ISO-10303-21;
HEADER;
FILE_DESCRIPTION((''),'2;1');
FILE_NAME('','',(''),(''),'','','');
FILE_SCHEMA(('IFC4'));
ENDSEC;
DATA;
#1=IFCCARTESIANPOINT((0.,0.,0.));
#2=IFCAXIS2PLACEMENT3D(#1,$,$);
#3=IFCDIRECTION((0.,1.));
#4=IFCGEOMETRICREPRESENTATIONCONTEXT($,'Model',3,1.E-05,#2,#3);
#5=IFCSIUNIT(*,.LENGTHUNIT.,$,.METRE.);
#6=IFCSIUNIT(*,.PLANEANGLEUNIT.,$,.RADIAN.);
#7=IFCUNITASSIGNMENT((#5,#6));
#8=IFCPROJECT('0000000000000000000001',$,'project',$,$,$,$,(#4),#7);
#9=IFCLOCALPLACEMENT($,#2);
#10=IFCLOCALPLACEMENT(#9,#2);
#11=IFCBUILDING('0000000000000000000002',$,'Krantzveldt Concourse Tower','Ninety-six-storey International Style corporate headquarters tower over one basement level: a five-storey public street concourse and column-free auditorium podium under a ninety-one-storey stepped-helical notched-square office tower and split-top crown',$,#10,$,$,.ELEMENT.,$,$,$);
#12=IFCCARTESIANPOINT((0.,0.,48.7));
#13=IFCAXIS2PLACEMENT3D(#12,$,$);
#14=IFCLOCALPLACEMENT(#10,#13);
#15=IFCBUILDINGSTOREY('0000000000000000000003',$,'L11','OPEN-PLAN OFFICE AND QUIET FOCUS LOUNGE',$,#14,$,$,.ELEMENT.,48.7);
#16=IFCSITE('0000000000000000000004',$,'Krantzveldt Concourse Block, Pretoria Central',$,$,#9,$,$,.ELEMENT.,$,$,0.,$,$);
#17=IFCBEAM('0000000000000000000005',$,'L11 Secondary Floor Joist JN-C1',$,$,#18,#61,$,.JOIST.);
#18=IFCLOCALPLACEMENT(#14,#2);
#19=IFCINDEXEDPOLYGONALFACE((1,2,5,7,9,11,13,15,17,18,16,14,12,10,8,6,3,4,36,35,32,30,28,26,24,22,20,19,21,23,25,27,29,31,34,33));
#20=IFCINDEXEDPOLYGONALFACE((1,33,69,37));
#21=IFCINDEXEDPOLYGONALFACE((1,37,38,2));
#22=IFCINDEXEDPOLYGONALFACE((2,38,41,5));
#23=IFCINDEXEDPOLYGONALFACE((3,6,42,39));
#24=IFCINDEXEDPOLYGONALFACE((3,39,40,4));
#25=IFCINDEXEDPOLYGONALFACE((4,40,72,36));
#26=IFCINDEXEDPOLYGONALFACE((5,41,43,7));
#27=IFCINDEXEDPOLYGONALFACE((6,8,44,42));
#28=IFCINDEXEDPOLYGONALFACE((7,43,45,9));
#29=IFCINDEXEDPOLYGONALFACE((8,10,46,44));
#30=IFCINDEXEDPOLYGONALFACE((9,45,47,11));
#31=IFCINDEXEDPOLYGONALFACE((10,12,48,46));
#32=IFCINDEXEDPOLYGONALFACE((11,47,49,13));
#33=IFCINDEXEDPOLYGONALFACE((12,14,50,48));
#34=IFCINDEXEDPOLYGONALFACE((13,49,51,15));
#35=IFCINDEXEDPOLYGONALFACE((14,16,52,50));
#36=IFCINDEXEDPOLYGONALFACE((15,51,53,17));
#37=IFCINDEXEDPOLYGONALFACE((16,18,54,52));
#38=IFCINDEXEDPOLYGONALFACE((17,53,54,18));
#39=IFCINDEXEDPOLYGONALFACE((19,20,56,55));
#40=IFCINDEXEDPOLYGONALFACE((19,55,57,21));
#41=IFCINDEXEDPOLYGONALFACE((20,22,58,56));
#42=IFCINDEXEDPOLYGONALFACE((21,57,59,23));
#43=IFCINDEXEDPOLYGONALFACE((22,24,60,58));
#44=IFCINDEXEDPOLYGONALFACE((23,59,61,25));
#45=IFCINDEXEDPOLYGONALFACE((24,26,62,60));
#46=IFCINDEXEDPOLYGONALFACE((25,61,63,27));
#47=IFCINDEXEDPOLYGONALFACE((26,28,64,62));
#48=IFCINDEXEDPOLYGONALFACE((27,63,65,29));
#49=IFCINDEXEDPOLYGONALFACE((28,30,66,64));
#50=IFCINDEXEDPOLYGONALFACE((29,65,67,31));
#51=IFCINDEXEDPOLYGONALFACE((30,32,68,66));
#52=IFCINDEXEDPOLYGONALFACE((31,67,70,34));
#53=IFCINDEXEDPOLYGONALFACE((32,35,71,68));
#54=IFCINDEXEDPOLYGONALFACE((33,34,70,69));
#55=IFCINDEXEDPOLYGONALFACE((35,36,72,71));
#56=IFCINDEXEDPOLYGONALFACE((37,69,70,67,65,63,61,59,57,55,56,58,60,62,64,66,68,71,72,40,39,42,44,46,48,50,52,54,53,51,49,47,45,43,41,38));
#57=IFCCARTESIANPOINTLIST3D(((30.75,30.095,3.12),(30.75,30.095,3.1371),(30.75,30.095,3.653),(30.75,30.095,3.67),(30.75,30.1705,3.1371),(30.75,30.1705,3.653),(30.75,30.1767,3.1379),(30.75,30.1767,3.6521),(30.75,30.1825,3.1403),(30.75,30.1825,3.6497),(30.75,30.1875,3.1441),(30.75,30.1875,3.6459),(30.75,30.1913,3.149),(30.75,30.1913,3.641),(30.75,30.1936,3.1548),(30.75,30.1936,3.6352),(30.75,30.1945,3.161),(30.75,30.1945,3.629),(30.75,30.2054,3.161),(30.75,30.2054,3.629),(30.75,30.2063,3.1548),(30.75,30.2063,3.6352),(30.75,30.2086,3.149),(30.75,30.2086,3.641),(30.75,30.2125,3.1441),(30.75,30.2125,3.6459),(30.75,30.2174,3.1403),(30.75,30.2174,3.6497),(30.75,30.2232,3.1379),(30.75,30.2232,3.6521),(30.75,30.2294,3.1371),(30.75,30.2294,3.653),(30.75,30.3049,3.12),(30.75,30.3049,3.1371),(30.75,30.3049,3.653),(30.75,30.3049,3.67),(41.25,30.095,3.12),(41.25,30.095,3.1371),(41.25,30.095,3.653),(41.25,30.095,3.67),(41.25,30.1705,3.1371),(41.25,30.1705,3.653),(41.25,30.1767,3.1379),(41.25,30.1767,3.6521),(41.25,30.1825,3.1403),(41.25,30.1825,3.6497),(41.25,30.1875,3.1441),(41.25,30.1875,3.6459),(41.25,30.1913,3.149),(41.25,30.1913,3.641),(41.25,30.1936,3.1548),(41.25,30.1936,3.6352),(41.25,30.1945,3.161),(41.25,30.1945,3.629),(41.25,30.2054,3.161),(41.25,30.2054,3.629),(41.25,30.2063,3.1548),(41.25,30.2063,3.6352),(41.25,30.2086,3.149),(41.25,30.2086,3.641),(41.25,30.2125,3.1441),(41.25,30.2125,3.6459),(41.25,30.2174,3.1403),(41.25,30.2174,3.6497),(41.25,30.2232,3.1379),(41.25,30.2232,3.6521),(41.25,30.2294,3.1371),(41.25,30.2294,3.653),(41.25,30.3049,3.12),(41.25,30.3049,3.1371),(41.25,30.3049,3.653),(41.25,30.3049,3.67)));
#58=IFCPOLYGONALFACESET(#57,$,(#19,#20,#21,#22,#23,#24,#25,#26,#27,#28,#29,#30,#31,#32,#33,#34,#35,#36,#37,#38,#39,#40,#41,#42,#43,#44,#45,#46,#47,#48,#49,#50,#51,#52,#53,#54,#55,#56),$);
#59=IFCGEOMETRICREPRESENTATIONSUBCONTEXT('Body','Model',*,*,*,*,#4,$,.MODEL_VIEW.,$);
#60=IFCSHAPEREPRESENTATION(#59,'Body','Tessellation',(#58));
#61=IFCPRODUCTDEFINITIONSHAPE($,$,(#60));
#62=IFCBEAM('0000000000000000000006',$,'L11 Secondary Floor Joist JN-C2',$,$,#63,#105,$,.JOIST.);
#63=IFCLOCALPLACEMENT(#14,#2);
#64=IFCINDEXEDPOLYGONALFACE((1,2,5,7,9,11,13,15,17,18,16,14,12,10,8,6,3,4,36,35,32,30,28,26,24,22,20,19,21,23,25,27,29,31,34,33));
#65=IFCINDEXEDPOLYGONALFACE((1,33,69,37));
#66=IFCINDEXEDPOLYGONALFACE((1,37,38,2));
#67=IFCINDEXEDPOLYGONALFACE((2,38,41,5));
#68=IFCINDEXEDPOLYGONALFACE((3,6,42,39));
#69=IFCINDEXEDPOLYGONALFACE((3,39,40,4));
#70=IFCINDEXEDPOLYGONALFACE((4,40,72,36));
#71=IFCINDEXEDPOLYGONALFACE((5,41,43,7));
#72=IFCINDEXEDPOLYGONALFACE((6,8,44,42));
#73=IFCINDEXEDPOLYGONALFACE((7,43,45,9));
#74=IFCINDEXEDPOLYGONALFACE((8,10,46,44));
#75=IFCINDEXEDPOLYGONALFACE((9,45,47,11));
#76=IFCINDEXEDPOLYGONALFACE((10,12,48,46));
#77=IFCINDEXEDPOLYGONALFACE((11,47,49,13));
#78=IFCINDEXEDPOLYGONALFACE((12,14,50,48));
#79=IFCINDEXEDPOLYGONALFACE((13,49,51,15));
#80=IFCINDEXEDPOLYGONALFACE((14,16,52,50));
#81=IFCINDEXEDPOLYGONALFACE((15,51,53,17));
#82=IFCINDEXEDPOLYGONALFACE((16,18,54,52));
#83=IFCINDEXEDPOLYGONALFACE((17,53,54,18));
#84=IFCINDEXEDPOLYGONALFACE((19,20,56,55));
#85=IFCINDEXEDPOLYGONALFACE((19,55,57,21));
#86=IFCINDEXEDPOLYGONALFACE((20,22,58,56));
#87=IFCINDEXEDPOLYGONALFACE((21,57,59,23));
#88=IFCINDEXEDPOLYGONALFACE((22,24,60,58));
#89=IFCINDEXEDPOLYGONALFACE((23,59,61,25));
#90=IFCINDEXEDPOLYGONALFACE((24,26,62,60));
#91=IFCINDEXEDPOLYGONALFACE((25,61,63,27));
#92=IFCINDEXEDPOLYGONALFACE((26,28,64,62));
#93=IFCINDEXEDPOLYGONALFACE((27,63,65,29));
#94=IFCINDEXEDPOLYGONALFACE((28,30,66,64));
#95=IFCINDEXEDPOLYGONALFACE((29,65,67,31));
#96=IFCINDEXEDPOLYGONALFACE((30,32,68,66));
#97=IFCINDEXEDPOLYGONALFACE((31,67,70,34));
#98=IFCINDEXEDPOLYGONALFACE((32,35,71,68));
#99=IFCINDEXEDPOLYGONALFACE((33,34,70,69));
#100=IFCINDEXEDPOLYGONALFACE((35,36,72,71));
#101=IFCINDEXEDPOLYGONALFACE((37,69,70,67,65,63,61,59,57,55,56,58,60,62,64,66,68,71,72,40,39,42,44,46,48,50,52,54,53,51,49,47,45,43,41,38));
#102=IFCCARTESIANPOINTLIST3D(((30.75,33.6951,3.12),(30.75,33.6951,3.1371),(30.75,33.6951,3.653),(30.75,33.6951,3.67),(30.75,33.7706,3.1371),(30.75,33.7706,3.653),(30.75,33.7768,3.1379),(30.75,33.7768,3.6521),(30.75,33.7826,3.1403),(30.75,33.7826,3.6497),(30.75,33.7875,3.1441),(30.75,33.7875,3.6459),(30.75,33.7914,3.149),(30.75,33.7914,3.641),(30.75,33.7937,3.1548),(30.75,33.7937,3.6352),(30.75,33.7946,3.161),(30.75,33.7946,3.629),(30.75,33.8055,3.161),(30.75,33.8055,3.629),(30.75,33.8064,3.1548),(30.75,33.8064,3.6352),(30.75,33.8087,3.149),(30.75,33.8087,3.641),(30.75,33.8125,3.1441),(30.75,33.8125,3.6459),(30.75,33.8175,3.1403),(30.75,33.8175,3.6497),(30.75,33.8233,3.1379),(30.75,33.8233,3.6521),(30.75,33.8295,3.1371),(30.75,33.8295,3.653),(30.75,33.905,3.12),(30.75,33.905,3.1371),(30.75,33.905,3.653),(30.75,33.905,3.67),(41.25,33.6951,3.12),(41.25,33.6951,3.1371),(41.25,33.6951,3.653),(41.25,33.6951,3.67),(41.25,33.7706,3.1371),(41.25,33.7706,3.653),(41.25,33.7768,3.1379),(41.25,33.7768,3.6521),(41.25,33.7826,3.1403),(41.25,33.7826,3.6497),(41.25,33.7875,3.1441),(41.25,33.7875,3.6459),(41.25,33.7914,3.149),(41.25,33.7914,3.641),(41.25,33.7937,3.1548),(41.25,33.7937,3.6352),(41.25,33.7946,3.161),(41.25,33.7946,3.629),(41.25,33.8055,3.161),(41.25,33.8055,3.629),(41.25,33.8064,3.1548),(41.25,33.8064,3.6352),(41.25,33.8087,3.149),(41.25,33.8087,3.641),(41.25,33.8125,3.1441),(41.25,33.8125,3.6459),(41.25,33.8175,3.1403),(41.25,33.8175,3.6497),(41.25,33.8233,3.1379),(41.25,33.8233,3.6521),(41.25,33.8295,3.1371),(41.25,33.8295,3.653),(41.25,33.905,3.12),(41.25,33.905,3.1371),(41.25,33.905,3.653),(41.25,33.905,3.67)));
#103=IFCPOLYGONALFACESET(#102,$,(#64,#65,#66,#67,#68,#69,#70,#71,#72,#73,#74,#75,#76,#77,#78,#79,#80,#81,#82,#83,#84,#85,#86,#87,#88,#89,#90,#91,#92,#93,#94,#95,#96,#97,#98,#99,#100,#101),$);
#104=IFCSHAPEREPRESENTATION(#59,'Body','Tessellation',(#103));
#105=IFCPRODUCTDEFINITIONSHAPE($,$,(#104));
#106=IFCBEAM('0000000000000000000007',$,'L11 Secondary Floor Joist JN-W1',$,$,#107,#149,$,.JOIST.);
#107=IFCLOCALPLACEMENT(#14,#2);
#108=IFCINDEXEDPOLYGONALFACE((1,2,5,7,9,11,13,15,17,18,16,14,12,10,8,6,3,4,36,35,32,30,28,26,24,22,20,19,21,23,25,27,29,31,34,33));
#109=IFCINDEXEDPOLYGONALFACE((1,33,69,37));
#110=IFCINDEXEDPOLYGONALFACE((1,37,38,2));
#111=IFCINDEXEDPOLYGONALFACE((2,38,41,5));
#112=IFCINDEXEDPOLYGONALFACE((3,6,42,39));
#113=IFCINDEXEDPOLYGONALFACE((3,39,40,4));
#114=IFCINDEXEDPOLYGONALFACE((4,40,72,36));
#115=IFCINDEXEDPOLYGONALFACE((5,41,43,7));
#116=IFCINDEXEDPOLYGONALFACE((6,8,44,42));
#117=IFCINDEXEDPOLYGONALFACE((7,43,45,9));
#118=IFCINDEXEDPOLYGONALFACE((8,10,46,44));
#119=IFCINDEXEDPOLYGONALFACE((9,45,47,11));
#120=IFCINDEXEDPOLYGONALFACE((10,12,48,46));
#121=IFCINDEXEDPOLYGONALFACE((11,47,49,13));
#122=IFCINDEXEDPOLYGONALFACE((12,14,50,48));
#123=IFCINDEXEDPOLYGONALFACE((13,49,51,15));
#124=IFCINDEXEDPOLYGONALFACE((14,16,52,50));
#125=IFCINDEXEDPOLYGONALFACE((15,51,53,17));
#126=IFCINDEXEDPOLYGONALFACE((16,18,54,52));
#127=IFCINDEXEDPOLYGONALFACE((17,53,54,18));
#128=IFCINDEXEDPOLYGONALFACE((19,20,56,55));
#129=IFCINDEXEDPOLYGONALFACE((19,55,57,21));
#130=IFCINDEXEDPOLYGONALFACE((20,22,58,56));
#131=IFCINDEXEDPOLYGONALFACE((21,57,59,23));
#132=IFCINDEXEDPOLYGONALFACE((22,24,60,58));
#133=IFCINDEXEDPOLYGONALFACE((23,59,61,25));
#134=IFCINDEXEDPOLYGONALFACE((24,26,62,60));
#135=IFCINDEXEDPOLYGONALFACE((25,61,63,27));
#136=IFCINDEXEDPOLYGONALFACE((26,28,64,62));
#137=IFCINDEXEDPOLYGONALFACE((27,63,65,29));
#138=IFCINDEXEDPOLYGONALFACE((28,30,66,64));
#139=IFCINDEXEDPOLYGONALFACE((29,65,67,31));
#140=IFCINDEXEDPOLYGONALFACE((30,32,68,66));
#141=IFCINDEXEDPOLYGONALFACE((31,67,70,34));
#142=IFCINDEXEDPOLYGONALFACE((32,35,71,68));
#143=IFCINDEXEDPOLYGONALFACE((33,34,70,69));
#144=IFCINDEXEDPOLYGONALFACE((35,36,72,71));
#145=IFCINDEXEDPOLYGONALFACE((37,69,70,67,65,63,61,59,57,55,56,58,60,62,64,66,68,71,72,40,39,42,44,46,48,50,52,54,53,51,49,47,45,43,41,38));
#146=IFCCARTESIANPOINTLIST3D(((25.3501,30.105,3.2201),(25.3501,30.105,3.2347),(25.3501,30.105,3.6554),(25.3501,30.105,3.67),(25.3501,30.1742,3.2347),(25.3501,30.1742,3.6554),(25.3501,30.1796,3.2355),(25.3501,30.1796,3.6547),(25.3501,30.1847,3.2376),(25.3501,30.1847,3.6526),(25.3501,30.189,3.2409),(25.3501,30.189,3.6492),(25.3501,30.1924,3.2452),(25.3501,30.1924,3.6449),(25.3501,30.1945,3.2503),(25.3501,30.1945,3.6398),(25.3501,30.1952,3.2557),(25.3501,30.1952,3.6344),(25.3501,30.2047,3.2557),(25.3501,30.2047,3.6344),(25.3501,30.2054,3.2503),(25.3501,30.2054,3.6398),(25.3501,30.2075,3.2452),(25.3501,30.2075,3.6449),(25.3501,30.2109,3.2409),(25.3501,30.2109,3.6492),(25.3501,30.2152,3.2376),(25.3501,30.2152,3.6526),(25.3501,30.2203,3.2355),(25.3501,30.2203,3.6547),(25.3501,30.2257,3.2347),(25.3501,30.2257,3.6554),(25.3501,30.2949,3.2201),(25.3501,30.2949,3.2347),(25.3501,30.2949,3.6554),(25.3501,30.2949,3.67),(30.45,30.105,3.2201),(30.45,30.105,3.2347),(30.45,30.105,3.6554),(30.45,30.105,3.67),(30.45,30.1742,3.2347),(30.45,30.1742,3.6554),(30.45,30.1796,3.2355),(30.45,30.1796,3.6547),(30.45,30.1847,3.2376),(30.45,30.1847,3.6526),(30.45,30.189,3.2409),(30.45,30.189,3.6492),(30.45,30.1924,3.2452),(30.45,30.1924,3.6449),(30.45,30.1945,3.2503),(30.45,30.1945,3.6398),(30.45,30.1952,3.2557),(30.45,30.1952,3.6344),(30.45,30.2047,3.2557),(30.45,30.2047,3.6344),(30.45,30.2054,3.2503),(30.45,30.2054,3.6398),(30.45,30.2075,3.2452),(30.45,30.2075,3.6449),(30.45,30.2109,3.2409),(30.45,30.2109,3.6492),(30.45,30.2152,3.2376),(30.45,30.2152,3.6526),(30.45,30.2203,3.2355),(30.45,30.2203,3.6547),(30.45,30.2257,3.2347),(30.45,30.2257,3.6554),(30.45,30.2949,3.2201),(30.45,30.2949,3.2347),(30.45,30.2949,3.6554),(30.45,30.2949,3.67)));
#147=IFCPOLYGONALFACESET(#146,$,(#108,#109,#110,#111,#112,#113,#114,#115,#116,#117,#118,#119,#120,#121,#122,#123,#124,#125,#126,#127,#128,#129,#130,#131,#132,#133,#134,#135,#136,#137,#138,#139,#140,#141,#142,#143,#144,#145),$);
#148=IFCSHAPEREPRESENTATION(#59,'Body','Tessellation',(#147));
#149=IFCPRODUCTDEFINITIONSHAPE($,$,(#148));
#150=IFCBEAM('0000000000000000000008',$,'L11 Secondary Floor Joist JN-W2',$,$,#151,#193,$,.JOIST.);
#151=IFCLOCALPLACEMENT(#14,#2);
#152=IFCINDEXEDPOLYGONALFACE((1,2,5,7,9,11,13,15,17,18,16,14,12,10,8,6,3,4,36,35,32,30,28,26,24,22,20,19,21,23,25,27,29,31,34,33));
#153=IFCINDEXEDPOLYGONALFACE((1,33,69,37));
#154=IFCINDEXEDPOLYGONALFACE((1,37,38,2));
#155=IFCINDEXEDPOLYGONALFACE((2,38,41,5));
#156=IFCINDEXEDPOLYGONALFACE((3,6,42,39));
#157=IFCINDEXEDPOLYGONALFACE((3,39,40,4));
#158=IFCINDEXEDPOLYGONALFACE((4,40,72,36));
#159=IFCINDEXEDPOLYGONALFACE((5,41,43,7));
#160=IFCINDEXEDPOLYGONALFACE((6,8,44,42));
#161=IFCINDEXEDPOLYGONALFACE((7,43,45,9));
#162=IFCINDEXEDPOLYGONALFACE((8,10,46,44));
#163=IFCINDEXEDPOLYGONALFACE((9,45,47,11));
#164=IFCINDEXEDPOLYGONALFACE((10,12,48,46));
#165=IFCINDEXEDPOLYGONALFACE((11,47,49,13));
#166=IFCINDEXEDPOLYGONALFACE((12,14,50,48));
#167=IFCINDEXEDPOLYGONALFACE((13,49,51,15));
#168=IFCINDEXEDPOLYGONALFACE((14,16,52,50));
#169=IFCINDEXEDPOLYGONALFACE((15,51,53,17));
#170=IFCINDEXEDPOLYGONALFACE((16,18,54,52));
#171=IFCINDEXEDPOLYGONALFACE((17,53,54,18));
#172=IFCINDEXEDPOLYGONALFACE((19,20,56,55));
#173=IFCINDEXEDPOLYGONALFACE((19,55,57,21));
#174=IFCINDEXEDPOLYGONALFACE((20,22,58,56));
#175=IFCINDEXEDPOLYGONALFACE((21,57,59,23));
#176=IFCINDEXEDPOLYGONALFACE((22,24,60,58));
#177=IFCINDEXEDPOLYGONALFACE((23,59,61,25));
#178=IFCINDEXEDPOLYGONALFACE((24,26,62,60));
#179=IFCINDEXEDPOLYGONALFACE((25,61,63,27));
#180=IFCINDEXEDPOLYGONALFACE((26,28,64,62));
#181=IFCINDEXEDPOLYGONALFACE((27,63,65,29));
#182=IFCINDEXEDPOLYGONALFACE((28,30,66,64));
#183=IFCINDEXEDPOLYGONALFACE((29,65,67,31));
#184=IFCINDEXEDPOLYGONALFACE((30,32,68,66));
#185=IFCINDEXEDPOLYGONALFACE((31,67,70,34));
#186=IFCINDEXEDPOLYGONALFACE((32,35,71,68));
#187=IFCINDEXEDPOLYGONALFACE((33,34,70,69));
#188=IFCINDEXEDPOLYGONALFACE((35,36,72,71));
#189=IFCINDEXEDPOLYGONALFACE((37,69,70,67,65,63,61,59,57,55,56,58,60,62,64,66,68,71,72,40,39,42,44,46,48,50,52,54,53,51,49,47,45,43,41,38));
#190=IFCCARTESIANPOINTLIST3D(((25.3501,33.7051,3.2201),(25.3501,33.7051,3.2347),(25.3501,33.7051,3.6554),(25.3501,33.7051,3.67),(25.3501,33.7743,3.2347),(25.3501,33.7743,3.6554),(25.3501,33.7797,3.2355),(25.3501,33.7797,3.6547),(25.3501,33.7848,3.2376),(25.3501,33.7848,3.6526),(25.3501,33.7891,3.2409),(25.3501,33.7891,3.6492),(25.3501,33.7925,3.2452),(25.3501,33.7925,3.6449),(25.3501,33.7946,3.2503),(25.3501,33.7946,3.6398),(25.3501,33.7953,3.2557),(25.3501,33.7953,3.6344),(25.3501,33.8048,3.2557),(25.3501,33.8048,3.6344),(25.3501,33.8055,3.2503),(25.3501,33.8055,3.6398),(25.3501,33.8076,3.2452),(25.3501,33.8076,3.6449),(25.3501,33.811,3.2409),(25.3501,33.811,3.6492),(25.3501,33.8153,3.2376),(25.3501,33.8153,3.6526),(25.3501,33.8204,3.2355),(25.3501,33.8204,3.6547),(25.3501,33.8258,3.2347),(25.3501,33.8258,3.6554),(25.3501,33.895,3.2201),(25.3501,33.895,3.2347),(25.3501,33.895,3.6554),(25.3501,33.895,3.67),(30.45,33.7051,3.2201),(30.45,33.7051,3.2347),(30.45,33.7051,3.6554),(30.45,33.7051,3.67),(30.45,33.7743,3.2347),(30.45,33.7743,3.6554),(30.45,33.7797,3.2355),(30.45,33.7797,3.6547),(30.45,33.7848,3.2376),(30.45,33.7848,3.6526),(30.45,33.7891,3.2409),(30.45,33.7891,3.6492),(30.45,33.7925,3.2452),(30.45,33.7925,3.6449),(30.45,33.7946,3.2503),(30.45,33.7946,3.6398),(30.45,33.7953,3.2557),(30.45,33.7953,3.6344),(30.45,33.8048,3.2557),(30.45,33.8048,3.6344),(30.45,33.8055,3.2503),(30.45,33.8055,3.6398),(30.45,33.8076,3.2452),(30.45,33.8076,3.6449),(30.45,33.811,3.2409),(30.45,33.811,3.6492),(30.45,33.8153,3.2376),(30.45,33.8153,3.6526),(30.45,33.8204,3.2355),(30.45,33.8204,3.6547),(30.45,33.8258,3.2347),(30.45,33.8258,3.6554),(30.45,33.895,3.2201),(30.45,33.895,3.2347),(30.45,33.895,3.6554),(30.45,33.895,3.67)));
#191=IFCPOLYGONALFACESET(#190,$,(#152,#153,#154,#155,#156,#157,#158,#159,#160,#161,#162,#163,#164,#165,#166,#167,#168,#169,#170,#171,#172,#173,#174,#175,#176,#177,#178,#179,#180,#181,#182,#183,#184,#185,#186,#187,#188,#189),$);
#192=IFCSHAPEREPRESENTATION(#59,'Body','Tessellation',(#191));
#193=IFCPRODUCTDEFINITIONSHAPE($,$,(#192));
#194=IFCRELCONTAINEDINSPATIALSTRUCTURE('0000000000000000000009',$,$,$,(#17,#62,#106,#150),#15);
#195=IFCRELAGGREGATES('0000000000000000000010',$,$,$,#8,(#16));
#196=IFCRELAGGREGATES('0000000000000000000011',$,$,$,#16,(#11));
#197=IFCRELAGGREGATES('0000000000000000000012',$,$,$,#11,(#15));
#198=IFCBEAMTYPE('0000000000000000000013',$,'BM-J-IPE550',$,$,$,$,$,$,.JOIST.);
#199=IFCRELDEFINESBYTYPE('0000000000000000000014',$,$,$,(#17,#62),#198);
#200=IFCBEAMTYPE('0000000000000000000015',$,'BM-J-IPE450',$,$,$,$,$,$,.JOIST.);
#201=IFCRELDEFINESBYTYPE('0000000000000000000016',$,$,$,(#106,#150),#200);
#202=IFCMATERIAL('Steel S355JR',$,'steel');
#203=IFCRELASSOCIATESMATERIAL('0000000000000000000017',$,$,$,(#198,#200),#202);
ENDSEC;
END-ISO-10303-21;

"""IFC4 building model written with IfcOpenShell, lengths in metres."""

from ifc_helpers import new_model, si_unit, direction, frame, origin, origin_2d, place, context, subcontext, project, spatial, i_section, extrude, source, transform, mapped, material, material_profile, profile_set, type_object, type_shapes, element, save


model = new_model("IFC4")

# Units and contexts
model_context = context("Model", 3, precision=1e-05, world=origin(), true_north=direction((0.0, 1.0)))
body_context = subcontext(model_context, "Body", "Model", "MODEL_VIEW")
ifc_project = project(units=[si_unit("LENGTHUNIT", "METRE"), si_unit("PLANEANGLEUNIT", "RADIAN")], contexts=[model_context])

# Site, building, storey
site_placement = place(None, origin())
site = spatial("IfcSite", under=ifc_project, at=site_placement, Name="Krantzveldt Concourse Block, Pretoria Central", CompositionType="ELEMENT", RefElevation=0.0)
building_placement = place(site_placement, origin())
building = spatial("IfcBuilding", under=site, at=building_placement, Name="Krantzveldt Concourse Tower", Description="Ninety-six-storey International Style corporate headquarters tower over one basement level: a five-storey public street concourse and column-free auditorium podium under a ninety-one-storey stepped-helical notched-square office tower and split-top crown", CompositionType="ELEMENT")
storey_placement = place(building_placement, frame((0.0, 0.0, 48.7)))
storey = spatial("IfcBuildingStorey", under=building, at=storey_placement, Name="L11", Description="OPEN-PLAN OFFICE AND QUIET FOCUS LOUNGE", CompositionType="ELEMENT", Elevation=48.7)

# Beams
ifc_material_1 = material(Name="Steel S355JR", Category="steel")
ifc_material_profile_1 = material_profile(ifc_material_1, i_section(OverallWidth=0.21, OverallDepth=0.55, WebThickness=0.011, FlangeThickness=0.0171, FilletRadius=0.0239, at=origin_2d()), Name="Steel S355JR", Category="steel")
ifc_profile_set_1 = profile_set([ifc_material_profile_1], Name="Steel S355JR - IPE 550")
beam_type_1 = type_object("IfcBeamType", Name="BM-J-IPE550", PredefinedType="JOIST", material=ifc_profile_set_1)
shared_shape_1 = source(origin(), body_context, "Body", "SweptSolid", [
    extrude(i_section(OverallWidth=0.21, OverallDepth=0.55, WebThickness=0.011, FlangeThickness=0.0171, FilletRadius=0.0239, at=origin_2d()), origin(), (0.0, 0.0, 1.0), 10.5),
])
for number, where, z_axis, x_axis, name in (
    (1, (30.75, 30.2, 3.395), (1.0, 0.0, 0.0), (0.0, 1.0, 0.0), "L11 Secondary Floor Joist JN-C1"),
    (2, (30.75, 33.8, 3.395), (1.0, 0.0, 0.0), (0.0, 1.0, 0.0), "L11 Secondary Floor Joist JN-C2"),
):
    element("IfcBeam", number, at=place(storey_placement, frame(where, z_axis=z_axis, x_axis=x_axis)), inside=storey, type_object=beam_type_1, Name=name, PredefinedType="JOIST", context=body_context, shape_type="MappedRepresentation", body=[
        mapped(shared_shape_1, transform((0.0, 0.0, 0.0), x_axis=(1.0, 0.0, 0.0), y_axis=(0.0, 1.0, 0.0), z_axis=(0.0, 0.0, 1.0), scale=1.0)),
    ])
ifc_material_profile_2 = material_profile(ifc_material_1, i_section(OverallWidth=0.1899, OverallDepth=0.45, WebThickness=0.0095, FlangeThickness=0.0146, FilletRadius=0.021, at=origin_2d()), Name="Steel S355JR", Category="steel")
ifc_profile_set_2 = profile_set([ifc_material_profile_2], Name="Steel S355JR - IPE 450")
beam_type_2 = type_object("IfcBeamType", Name="BM-J-IPE450", PredefinedType="JOIST", material=ifc_profile_set_2)
shared_shape_2 = source(origin(), body_context, "Body", "SweptSolid", [
    extrude(i_section(OverallWidth=0.1899, OverallDepth=0.45, WebThickness=0.0095, FlangeThickness=0.0146, FilletRadius=0.021, at=origin_2d()), origin(), (0.0, 0.0, 1.0), 5.0999),
])
type_shapes(beam_type_2, [shared_shape_2])
for number, where, z_axis, x_axis, name in (
    (3, (25.3501, 30.2, 3.4451), (1.0, 0.0, 0.0), (0.0, 1.0, 0.0), "L11 Secondary Floor Joist JN-W1"),
    (4, (25.3501, 33.8, 3.4451), (1.0, 0.0, 0.0), (0.0, 1.0, 0.0), "L11 Secondary Floor Joist JN-W2"),
):
    element("IfcBeam", number, at=place(storey_placement, frame(where, z_axis=z_axis, x_axis=x_axis)), inside=storey, type_object=beam_type_2, Name=name, PredefinedType="JOIST", context=body_context, shape_type="MappedRepresentation", body=[
        mapped(shared_shape_2, transform((0.0, 0.0, 0.0), x_axis=(1.0, 0.0, 0.0), y_axis=(0.0, 1.0, 0.0), z_axis=(0.0, 0.0, 1.0), scale=1.0)),
    ])

save(model, "model.ifc")
